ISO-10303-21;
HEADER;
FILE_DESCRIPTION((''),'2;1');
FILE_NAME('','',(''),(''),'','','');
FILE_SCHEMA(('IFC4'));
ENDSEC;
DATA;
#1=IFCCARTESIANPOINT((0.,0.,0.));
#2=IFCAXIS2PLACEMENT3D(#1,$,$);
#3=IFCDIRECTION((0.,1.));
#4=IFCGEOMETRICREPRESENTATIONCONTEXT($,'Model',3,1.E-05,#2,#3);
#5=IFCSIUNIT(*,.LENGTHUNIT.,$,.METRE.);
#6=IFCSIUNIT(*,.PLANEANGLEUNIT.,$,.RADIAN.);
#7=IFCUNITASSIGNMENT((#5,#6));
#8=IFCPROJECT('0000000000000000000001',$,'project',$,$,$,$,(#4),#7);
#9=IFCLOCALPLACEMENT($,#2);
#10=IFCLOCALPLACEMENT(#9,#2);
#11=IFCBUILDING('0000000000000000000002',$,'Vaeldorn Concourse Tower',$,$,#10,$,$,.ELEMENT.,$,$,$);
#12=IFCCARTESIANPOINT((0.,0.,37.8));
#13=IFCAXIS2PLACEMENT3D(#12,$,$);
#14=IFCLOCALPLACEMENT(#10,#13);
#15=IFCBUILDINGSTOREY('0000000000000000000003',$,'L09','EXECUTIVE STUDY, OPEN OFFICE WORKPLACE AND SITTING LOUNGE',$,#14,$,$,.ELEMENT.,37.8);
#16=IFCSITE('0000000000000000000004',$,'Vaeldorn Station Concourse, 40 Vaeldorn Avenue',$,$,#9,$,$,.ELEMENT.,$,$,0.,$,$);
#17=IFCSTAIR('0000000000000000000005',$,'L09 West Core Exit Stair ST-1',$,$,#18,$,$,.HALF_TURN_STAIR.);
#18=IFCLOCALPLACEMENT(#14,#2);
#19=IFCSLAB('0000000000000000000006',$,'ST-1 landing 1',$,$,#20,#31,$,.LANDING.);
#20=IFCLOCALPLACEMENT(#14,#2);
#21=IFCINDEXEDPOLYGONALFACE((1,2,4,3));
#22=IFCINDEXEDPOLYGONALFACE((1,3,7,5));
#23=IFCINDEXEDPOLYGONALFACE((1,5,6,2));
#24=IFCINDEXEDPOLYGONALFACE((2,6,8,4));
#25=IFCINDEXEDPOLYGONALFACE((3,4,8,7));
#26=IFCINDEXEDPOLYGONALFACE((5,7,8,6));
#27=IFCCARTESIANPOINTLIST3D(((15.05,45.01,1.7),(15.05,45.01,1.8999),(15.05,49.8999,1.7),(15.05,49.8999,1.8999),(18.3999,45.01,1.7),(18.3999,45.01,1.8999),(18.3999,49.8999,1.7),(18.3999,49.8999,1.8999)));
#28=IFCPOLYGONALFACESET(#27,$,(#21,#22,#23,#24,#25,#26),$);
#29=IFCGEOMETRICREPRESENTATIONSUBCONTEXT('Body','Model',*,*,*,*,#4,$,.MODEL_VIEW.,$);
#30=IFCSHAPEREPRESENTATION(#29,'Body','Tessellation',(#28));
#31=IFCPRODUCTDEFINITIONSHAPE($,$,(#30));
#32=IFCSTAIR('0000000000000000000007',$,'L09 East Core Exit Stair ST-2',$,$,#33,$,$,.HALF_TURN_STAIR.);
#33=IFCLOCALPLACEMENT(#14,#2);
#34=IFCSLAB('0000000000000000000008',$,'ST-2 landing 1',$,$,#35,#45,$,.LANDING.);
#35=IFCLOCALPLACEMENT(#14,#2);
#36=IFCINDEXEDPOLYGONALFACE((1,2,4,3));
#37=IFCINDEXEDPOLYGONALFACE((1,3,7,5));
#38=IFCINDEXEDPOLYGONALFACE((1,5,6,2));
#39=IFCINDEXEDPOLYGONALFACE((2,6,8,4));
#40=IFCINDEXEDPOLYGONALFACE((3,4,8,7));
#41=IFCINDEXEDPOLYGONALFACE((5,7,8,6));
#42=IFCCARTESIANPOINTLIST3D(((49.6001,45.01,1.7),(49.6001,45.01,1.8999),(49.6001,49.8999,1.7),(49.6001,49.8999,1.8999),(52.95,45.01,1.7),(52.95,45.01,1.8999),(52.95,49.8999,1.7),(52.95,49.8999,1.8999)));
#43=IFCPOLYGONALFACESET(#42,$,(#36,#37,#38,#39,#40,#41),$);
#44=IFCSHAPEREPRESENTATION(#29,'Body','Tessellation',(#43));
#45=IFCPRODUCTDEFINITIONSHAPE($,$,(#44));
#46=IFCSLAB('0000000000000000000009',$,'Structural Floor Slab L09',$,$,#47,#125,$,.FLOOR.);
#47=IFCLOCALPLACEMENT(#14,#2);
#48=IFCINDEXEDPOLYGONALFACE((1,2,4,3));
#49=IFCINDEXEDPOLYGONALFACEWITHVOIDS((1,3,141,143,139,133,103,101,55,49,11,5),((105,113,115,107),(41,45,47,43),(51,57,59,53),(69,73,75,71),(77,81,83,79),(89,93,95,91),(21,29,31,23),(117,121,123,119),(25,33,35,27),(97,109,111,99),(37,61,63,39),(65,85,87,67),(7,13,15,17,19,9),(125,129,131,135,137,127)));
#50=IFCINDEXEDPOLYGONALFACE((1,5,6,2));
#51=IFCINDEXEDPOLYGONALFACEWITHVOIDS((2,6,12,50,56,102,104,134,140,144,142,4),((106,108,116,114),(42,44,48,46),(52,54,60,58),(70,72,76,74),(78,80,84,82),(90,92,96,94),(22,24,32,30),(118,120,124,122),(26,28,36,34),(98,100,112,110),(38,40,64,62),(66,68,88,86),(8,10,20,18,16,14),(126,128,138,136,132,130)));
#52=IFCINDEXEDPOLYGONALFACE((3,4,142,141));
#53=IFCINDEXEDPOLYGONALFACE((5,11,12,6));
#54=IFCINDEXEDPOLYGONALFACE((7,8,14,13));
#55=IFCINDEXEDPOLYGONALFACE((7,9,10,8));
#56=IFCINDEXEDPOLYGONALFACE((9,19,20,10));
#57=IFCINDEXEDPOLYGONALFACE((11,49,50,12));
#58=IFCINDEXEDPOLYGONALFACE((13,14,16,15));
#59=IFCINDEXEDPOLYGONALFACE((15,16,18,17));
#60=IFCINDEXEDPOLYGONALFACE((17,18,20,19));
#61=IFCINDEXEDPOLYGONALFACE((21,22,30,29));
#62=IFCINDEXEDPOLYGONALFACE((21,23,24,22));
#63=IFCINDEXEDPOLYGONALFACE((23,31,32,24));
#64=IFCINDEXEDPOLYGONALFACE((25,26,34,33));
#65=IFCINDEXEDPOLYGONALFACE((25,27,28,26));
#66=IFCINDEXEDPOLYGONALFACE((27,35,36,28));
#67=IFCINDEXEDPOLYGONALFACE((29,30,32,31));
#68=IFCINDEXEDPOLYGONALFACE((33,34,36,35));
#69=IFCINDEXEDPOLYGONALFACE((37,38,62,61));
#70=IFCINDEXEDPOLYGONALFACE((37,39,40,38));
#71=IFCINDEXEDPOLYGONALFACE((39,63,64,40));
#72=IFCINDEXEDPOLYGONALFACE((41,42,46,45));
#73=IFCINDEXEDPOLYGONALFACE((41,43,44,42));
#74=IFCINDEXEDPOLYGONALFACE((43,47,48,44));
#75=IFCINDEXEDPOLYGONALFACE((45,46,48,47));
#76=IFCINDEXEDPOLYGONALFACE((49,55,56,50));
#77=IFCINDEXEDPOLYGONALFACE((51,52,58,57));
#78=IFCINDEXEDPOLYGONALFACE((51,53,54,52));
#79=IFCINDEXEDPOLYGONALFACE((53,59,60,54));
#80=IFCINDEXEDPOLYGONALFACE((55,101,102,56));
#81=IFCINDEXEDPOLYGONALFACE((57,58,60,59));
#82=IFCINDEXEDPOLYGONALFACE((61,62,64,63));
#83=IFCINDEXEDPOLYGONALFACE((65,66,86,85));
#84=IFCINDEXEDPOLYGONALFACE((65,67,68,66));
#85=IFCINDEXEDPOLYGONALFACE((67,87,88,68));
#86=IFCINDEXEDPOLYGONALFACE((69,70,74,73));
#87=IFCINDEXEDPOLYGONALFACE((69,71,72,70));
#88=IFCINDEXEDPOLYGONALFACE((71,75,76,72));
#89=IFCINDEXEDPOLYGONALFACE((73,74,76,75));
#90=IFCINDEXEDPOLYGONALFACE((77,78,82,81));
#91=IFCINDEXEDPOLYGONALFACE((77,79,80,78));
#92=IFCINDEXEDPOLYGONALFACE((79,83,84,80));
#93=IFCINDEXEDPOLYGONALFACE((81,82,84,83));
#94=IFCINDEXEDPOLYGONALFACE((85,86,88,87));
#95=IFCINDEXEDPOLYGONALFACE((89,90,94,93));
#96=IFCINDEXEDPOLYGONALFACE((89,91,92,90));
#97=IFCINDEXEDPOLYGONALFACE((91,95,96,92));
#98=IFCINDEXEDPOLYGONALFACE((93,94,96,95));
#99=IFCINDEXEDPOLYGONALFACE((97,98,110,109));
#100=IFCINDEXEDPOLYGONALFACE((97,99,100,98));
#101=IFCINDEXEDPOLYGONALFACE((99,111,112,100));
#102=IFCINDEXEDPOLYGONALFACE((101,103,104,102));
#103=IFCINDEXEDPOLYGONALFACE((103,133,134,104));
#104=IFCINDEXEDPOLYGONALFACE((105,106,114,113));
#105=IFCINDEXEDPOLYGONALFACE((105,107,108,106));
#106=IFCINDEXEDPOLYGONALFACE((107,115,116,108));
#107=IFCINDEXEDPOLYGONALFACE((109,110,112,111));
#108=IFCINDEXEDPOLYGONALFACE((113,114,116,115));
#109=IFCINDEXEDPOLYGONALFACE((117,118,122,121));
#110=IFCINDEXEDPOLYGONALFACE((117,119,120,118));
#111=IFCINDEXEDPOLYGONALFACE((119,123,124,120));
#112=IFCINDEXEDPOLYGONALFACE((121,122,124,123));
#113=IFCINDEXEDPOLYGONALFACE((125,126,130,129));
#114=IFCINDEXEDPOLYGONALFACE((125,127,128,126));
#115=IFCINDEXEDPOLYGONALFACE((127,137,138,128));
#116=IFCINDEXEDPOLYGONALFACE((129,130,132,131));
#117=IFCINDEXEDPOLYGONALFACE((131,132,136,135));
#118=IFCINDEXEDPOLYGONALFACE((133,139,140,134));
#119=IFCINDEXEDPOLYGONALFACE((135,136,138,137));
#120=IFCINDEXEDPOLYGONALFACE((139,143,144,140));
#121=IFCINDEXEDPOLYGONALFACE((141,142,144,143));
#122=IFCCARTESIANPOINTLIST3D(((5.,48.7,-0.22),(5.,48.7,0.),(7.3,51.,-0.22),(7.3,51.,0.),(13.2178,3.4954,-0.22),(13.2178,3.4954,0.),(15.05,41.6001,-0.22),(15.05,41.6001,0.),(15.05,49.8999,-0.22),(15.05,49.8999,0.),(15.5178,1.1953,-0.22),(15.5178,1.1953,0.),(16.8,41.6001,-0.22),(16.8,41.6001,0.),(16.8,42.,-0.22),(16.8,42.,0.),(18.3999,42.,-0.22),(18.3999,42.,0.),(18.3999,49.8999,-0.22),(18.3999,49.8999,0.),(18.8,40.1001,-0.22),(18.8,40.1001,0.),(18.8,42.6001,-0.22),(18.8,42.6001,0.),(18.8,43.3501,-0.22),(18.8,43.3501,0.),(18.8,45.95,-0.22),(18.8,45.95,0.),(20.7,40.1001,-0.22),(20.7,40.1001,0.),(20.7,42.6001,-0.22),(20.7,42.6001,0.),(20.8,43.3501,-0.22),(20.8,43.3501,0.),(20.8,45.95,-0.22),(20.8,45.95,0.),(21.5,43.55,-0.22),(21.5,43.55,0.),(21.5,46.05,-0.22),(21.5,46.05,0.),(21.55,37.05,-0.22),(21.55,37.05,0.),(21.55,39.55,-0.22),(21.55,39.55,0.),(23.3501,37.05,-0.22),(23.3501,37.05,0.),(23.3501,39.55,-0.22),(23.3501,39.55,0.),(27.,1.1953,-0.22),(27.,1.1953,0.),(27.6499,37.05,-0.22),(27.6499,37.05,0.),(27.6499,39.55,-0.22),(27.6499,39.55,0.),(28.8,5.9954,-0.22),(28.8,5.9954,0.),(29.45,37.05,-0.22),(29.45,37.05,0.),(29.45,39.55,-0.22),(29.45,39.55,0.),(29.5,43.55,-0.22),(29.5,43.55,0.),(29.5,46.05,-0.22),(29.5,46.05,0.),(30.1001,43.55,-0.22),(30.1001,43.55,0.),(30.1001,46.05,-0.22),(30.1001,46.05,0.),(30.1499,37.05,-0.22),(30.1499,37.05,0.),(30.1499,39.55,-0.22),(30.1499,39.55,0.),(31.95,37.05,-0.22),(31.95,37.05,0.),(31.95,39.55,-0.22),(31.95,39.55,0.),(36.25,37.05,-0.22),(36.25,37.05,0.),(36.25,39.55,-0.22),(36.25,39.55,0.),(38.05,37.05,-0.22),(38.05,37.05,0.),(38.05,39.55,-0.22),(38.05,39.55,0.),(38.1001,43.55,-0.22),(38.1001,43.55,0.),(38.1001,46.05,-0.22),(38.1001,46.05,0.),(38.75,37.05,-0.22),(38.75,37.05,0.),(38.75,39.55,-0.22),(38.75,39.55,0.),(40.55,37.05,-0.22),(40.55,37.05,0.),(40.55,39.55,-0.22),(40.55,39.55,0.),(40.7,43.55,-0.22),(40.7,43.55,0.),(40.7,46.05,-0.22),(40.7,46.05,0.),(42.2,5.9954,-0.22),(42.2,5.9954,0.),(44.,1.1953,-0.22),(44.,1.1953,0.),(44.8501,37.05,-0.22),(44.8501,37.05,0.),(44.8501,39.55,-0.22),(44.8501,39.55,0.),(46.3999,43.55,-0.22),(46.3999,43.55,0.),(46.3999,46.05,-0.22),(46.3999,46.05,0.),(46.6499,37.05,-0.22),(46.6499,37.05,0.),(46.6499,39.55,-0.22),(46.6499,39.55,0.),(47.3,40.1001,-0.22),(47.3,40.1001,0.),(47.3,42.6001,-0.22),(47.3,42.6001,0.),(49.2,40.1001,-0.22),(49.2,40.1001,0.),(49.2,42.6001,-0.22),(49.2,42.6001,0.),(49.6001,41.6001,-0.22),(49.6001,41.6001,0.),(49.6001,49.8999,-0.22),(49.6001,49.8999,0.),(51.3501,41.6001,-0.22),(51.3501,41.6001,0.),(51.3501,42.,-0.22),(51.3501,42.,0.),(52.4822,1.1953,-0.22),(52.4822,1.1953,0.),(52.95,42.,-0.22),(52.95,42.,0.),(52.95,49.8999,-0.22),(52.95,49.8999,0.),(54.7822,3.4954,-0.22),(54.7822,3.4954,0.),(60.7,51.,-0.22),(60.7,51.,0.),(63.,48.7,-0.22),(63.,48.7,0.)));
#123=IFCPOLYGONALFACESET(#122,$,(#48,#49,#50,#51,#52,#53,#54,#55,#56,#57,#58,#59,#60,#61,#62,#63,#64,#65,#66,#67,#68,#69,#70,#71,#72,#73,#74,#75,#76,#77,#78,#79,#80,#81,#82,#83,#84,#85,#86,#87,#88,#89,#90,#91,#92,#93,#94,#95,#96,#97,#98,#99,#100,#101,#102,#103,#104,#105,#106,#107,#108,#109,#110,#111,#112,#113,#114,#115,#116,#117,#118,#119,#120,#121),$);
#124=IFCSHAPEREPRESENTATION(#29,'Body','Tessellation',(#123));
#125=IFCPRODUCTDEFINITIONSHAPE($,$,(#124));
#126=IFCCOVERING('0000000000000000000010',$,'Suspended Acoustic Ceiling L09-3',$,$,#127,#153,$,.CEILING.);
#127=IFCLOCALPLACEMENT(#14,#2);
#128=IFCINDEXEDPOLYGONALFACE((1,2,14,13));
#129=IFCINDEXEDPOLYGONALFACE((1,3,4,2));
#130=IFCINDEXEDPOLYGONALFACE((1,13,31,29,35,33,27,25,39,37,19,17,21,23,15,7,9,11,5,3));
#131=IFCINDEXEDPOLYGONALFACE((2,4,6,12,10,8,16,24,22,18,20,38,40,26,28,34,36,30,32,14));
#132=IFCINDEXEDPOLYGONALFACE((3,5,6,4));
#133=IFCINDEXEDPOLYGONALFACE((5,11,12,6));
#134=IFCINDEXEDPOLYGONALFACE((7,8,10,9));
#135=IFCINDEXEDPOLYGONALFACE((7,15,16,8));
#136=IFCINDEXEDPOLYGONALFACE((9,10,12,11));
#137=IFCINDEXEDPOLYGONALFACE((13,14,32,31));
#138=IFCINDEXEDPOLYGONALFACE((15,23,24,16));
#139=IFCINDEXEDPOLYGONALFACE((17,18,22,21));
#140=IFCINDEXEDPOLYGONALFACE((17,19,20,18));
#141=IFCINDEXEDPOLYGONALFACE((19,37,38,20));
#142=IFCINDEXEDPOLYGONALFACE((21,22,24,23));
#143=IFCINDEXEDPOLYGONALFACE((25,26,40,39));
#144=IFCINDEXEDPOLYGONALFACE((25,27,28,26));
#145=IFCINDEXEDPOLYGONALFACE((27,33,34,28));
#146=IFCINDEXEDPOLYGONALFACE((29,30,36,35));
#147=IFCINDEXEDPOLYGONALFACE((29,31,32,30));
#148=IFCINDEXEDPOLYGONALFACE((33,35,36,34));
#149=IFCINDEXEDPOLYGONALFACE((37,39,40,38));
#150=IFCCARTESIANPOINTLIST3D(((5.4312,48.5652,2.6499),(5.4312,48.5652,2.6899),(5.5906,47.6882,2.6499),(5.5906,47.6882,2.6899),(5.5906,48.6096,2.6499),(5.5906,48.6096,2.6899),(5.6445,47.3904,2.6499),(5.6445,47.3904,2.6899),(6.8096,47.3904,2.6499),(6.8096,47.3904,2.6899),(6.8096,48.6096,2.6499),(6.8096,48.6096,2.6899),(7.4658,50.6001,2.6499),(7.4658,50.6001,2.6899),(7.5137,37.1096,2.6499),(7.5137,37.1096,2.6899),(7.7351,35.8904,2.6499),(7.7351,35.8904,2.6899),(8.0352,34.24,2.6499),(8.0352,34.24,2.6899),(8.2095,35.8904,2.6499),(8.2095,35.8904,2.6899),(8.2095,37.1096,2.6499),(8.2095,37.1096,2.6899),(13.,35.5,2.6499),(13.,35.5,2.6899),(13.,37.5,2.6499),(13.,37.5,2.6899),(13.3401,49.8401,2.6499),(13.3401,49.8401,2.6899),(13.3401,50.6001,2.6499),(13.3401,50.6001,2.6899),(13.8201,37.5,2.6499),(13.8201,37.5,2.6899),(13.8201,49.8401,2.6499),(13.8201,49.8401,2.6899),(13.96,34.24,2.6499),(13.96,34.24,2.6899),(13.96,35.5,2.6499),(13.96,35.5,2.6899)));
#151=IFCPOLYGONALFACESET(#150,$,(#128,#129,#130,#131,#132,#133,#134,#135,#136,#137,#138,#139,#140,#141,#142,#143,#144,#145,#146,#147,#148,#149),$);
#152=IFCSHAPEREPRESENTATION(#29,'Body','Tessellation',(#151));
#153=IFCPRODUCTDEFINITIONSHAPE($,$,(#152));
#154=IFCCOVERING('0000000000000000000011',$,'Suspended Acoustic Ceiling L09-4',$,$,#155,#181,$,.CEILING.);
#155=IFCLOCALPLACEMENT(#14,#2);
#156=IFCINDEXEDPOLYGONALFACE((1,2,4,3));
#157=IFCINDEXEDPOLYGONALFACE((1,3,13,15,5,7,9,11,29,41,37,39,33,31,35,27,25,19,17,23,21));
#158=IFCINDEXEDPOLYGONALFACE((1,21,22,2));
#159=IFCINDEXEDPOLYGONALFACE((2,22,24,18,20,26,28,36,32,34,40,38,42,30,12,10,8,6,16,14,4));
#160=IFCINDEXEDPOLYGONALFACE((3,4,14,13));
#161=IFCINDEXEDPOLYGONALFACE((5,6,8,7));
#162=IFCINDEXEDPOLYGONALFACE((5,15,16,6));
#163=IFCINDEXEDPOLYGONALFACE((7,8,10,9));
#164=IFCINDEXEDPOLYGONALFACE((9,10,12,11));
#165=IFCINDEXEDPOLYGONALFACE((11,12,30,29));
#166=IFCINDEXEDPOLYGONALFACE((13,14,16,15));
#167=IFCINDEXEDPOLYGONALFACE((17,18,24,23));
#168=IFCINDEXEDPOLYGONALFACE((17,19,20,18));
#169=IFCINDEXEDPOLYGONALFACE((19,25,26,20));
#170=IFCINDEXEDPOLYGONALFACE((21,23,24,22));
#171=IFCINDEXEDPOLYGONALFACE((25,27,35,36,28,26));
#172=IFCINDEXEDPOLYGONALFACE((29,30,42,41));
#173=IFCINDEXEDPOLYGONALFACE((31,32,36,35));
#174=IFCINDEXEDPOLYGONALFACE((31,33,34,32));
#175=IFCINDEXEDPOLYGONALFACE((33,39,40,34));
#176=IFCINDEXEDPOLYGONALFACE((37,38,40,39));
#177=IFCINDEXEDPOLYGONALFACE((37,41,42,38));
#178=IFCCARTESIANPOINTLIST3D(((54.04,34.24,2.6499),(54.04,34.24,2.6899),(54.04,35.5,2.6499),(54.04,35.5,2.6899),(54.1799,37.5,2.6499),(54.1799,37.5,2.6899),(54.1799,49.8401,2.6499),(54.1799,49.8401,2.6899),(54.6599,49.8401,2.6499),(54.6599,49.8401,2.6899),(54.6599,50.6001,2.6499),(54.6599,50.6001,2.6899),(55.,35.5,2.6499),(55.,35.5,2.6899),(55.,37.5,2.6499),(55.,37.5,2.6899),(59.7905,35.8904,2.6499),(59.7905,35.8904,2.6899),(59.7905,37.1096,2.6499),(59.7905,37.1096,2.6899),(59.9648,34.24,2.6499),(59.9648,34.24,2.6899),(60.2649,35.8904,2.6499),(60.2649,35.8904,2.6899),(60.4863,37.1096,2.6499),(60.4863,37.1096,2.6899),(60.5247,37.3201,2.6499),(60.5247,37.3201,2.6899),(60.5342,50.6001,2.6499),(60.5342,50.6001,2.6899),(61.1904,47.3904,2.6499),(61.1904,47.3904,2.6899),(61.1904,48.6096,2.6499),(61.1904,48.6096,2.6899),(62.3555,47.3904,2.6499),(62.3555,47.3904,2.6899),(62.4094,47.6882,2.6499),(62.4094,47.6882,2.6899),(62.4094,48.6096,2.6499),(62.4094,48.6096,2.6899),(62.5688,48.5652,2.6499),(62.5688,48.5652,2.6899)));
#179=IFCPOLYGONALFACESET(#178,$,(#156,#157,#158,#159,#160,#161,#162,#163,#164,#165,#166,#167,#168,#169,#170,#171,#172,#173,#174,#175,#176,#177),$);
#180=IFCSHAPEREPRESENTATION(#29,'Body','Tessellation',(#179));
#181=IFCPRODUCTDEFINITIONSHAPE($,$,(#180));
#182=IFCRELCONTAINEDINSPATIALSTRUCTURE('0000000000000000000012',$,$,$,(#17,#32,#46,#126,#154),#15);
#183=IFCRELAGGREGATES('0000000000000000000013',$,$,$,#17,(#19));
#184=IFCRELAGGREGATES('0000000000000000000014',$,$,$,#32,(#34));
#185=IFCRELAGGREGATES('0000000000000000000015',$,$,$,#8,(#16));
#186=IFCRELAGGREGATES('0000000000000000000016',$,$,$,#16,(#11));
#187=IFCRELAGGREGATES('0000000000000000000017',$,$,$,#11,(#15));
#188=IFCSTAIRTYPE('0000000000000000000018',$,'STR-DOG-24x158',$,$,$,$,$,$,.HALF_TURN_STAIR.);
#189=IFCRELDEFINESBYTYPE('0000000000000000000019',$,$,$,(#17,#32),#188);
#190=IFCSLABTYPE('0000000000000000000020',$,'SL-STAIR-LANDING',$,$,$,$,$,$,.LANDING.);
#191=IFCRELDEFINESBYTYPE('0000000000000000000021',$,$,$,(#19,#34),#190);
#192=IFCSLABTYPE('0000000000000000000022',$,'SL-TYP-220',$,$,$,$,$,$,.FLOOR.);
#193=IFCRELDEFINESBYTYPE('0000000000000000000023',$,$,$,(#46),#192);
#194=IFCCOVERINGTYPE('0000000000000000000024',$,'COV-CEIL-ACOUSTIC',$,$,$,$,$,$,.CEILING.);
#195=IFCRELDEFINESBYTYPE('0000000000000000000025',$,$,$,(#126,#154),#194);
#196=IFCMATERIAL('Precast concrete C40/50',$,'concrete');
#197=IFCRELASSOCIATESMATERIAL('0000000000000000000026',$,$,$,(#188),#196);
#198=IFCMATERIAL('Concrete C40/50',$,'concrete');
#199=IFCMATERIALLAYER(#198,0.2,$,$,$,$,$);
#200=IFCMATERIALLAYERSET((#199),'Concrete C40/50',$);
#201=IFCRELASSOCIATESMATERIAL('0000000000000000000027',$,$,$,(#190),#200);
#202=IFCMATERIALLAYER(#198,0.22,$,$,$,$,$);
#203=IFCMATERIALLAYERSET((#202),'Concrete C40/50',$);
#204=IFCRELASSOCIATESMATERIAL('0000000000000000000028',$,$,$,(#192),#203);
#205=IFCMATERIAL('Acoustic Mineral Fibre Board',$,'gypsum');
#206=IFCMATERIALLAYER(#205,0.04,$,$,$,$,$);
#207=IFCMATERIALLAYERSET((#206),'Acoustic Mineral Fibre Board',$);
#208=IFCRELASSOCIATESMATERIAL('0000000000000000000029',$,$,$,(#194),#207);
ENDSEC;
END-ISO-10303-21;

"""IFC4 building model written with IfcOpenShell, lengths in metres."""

from ifc_helpers import new_model, si_unit, direction, frame, origin, place, context, subcontext, project, spatial, polyline, outline, extrude, material, layer, layer_set, type_object, element, aggregate, save


model = new_model("IFC4")

# Units and contexts
model_context = context("Model", 3, precision=1e-05, world=origin(), true_north=direction((0.0, 1.0)))
body_context = subcontext(model_context, "Body", "Model", "MODEL_VIEW")
ifc_project = project(units=[si_unit("LENGTHUNIT", "METRE"), si_unit("PLANEANGLEUNIT", "RADIAN")], contexts=[model_context])

# Site, building, storey
site_placement = place(None, origin())
site = spatial("IfcSite", under=ifc_project, at=site_placement, Name="Vaeldorn Station Concourse, 40 Vaeldorn Avenue", CompositionType="ELEMENT", RefElevation=0.0)
building_placement = place(site_placement, origin())
building = spatial("IfcBuilding", under=site, at=building_placement, Name="Vaeldorn Concourse Tower", CompositionType="ELEMENT")
storey_placement = place(building_placement, frame((0.0, 0.0, 37.8)))
storey = spatial("IfcBuildingStorey", under=building, at=storey_placement, Name="L09", Description="EXECUTIVE STUDY, OPEN OFFICE WORKPLACE AND SITTING LOUNGE", CompositionType="ELEMENT", Elevation=37.8)

# Stairs, slabs
ifc_material_1 = material(Name="Precast concrete C40/50", Category="concrete")
stair_type = type_object("IfcStairType", Name="STR-DOG-24x158", PredefinedType="HALF_TURN_STAIR", material=ifc_material_1)
stair_1_placement = place(storey_placement, origin())
stair_1 = element("IfcStair", 1, at=stair_1_placement, inside=storey, type_object=stair_type, Name="L09 West Core Exit Stair ST-1", PredefinedType="HALF_TURN_STAIR")
ifc_material_2 = material(Name="Concrete C40/50", Category="concrete")
ifc_layer_1 = layer(ifc_material_2, 0.2)
ifc_layer_set_1 = layer_set([ifc_layer_1], Name="Concrete C40/50")
slab_type_1 = type_object("IfcSlabType", Name="SL-STAIR-LANDING", PredefinedType="LANDING", material=ifc_layer_set_1)
slab_1_placement = place(storey_placement, frame((0.0, 0.0, 1.7)))
slab_1 = element("IfcSlab", 2, at=slab_1_placement, type_object=slab_type_1, Name="ST-1 landing 1", PredefinedType="LANDING", context=body_context, shape_type="SweptSolid", body=[
    extrude(outline(polyline([(18.3999, 45.01), (18.3999, 49.8999), (15.05, 49.8999), (15.05, 45.01), (18.3999, 45.01)])), origin(), (0.0, 0.0, 1.0), 0.2),
])
aggregate(stair_1, [slab_1])
stair_2_placement = place(storey_placement, origin())
stair_2 = element("IfcStair", 3, at=stair_2_placement, inside=storey, type_object=stair_type, Name="L09 East Core Exit Stair ST-2", PredefinedType="HALF_TURN_STAIR")
slab_2_placement = place(storey_placement, frame((0.0, 0.0, 1.7)))
slab_2 = element("IfcSlab", 4, at=slab_2_placement, type_object=slab_type_1, Name="ST-2 landing 1", PredefinedType="LANDING", context=body_context, shape_type="SweptSolid", body=[
    extrude(outline(polyline([(52.95, 45.01), (52.95, 49.8999), (49.6001, 49.8999), (49.6001, 45.01), (52.95, 45.01)])), origin(), (0.0, 0.0, 1.0), 0.2),
])
aggregate(stair_2, [slab_2])

# Slab
ifc_layer_2 = layer(ifc_material_2, 0.22)
ifc_layer_set_2 = layer_set([ifc_layer_2], Name="Concrete C40/50")
slab_type_2 = type_object("IfcSlabType", Name="SL-TYP-220", PredefinedType="FLOOR", material=ifc_layer_set_2)
slab_3_placement = place(storey_placement, frame((0.0, 0.0, -0.22)))
element("IfcSlab", 5, at=slab_3_placement, inside=storey, type_object=slab_type_2, Name="Structural Floor Slab L09", PredefinedType="FLOOR", context=body_context, shape_type="SweptSolid", body=[
    extrude(outline(polyline([(15.5178, 1.1953), (27.0, 1.1953), (28.8, 5.9954), (42.2, 5.9954), (44.0, 1.1953), (52.4822, 1.1953), (54.7822, 3.4954), (63.0, 48.7), (60.7, 51.0), (7.3, 51.0), (5.0, 48.7), (13.2178, 3.4954), (15.5178, 1.1953)]), holes=[polyline([(18.3999, 42.0), (18.3999, 49.8999), (15.05, 49.8999), (15.05, 41.6001), (16.8, 41.6001), (16.8, 42.0), (18.3999, 42.0)]), polyline([(52.95, 42.0), (52.95, 49.8999), (49.6001, 49.8999), (49.6001, 41.6001), (51.3501, 41.6001), (51.3501, 42.0), (52.95, 42.0)]), polyline([(21.55, 37.05), (23.3501, 37.05), (23.3501, 39.55), (21.55, 39.55), (21.55, 37.05)]), polyline([(27.6499, 37.05), (29.45, 37.05), (29.45, 39.55), (27.6499, 39.55), (27.6499, 37.05)]), polyline([(21.5, 43.55), (29.5, 43.55), (29.5, 46.05), (21.5, 46.05), (21.5, 43.55)]), polyline([(30.1499, 37.05), (31.95, 37.05), (31.95, 39.55), (30.1499, 39.55), (30.1499, 37.05)]), polyline([(36.25, 37.05), (38.05, 37.05), (38.05, 39.55), (36.25, 39.55), (36.25, 37.05)]), polyline([(30.1001, 43.55), (38.1001, 43.55), (38.1001, 46.05), (30.1001, 46.05), (30.1001, 43.55)]), polyline([(38.75, 37.05), (40.55, 37.05), (40.55, 39.55), (38.75, 39.55), (38.75, 37.05)]), polyline([(44.8501, 37.05), (46.6499, 37.05), (46.6499, 39.55), (44.8501, 39.55), (44.8501, 37.05)]), polyline([(40.7, 43.55), (46.3999, 43.55), (46.3999, 46.05), (40.7, 46.05), (40.7, 43.55)]), polyline([(18.8, 43.3501), (20.8, 43.3501), (20.8, 45.95), (18.8, 45.95), (18.8, 43.3501)]), polyline([(18.8, 40.1001), (20.7, 40.1001), (20.7, 42.6001), (18.8, 42.6001), (18.8, 40.1001)]), polyline([(47.3, 40.1001), (49.2, 40.1001), (49.2, 42.6001), (47.3, 42.6001), (47.3, 40.1001)])]), origin(), (0.0, 0.0, 1.0), 0.22),
])

# Coverings
ifc_material_3 = material(Name="Acoustic Mineral Fibre Board", Category="gypsum")
ifc_layer_3 = layer(ifc_material_3, 0.04)
ifc_layer_set_3 = layer_set([ifc_layer_3], Name="Acoustic Mineral Fibre Board")
covering_type_1 = type_object("IfcCoveringType", Name="COV-CEIL-ACOUSTIC", PredefinedType="CEILING", material=ifc_layer_set_3)
covering_1_placement = place(storey_placement, frame((0.0, 0.0, 2.6499)))
element("IfcCovering", 6, at=covering_1_placement, inside=storey, type_object=covering_type_1, Name="Suspended Acoustic Ceiling L09-3", PredefinedType="CEILING", context=body_context, shape_type="SweptSolid", body=[
    extrude(outline(polyline([(7.4658, 50.6001), (13.3401, 50.6001), (13.3401, 49.8401), (13.8201, 49.8401), (13.8201, 37.5), (13.0, 37.5), (13.0, 35.5), (13.96, 35.5), (13.96, 34.24), (8.0352, 34.24), (7.7351, 35.8904), (8.2095, 35.8904), (8.2095, 37.1096), (7.5137, 37.1096), (5.6445, 47.3904), (6.8096, 47.3904), (6.8096, 48.6096), (5.5906, 48.6096), (5.5906, 47.6882), (5.4312, 48.5652), (7.4658, 50.6001)])), origin(), (0.0, 0.0, 1.0), 0.04),
])
covering_2_placement = place(storey_placement, frame((0.0, 0.0, 2.6499)))
element("IfcCovering", 7, at=covering_2_placement, inside=storey, type_object=covering_type_1, Name="Suspended Acoustic Ceiling L09-4", PredefinedType="CEILING", context=body_context, shape_type="SweptSolid", body=[
    extrude(outline(polyline([(54.1799, 49.8401), (54.6599, 49.8401), (54.6599, 50.6001), (60.5342, 50.6001), (62.5688, 48.5652), (62.4094, 47.6882), (62.4094, 48.6096), (61.1904, 48.6096), (61.1904, 47.3904), (62.3555, 47.3904), (60.5247, 37.3201), (60.5247, 37.3201), (60.4863, 37.1096), (59.7905, 37.1096), (59.7905, 35.8904), (60.2649, 35.8904), (59.9648, 34.24), (54.04, 34.24), (54.04, 35.5), (55.0, 35.5), (55.0, 37.5), (54.1799, 37.5), (54.1799, 49.8401)])), origin(), (0.0, 0.0, 1.0), 0.04),
])

save(model, "model.ifc")
